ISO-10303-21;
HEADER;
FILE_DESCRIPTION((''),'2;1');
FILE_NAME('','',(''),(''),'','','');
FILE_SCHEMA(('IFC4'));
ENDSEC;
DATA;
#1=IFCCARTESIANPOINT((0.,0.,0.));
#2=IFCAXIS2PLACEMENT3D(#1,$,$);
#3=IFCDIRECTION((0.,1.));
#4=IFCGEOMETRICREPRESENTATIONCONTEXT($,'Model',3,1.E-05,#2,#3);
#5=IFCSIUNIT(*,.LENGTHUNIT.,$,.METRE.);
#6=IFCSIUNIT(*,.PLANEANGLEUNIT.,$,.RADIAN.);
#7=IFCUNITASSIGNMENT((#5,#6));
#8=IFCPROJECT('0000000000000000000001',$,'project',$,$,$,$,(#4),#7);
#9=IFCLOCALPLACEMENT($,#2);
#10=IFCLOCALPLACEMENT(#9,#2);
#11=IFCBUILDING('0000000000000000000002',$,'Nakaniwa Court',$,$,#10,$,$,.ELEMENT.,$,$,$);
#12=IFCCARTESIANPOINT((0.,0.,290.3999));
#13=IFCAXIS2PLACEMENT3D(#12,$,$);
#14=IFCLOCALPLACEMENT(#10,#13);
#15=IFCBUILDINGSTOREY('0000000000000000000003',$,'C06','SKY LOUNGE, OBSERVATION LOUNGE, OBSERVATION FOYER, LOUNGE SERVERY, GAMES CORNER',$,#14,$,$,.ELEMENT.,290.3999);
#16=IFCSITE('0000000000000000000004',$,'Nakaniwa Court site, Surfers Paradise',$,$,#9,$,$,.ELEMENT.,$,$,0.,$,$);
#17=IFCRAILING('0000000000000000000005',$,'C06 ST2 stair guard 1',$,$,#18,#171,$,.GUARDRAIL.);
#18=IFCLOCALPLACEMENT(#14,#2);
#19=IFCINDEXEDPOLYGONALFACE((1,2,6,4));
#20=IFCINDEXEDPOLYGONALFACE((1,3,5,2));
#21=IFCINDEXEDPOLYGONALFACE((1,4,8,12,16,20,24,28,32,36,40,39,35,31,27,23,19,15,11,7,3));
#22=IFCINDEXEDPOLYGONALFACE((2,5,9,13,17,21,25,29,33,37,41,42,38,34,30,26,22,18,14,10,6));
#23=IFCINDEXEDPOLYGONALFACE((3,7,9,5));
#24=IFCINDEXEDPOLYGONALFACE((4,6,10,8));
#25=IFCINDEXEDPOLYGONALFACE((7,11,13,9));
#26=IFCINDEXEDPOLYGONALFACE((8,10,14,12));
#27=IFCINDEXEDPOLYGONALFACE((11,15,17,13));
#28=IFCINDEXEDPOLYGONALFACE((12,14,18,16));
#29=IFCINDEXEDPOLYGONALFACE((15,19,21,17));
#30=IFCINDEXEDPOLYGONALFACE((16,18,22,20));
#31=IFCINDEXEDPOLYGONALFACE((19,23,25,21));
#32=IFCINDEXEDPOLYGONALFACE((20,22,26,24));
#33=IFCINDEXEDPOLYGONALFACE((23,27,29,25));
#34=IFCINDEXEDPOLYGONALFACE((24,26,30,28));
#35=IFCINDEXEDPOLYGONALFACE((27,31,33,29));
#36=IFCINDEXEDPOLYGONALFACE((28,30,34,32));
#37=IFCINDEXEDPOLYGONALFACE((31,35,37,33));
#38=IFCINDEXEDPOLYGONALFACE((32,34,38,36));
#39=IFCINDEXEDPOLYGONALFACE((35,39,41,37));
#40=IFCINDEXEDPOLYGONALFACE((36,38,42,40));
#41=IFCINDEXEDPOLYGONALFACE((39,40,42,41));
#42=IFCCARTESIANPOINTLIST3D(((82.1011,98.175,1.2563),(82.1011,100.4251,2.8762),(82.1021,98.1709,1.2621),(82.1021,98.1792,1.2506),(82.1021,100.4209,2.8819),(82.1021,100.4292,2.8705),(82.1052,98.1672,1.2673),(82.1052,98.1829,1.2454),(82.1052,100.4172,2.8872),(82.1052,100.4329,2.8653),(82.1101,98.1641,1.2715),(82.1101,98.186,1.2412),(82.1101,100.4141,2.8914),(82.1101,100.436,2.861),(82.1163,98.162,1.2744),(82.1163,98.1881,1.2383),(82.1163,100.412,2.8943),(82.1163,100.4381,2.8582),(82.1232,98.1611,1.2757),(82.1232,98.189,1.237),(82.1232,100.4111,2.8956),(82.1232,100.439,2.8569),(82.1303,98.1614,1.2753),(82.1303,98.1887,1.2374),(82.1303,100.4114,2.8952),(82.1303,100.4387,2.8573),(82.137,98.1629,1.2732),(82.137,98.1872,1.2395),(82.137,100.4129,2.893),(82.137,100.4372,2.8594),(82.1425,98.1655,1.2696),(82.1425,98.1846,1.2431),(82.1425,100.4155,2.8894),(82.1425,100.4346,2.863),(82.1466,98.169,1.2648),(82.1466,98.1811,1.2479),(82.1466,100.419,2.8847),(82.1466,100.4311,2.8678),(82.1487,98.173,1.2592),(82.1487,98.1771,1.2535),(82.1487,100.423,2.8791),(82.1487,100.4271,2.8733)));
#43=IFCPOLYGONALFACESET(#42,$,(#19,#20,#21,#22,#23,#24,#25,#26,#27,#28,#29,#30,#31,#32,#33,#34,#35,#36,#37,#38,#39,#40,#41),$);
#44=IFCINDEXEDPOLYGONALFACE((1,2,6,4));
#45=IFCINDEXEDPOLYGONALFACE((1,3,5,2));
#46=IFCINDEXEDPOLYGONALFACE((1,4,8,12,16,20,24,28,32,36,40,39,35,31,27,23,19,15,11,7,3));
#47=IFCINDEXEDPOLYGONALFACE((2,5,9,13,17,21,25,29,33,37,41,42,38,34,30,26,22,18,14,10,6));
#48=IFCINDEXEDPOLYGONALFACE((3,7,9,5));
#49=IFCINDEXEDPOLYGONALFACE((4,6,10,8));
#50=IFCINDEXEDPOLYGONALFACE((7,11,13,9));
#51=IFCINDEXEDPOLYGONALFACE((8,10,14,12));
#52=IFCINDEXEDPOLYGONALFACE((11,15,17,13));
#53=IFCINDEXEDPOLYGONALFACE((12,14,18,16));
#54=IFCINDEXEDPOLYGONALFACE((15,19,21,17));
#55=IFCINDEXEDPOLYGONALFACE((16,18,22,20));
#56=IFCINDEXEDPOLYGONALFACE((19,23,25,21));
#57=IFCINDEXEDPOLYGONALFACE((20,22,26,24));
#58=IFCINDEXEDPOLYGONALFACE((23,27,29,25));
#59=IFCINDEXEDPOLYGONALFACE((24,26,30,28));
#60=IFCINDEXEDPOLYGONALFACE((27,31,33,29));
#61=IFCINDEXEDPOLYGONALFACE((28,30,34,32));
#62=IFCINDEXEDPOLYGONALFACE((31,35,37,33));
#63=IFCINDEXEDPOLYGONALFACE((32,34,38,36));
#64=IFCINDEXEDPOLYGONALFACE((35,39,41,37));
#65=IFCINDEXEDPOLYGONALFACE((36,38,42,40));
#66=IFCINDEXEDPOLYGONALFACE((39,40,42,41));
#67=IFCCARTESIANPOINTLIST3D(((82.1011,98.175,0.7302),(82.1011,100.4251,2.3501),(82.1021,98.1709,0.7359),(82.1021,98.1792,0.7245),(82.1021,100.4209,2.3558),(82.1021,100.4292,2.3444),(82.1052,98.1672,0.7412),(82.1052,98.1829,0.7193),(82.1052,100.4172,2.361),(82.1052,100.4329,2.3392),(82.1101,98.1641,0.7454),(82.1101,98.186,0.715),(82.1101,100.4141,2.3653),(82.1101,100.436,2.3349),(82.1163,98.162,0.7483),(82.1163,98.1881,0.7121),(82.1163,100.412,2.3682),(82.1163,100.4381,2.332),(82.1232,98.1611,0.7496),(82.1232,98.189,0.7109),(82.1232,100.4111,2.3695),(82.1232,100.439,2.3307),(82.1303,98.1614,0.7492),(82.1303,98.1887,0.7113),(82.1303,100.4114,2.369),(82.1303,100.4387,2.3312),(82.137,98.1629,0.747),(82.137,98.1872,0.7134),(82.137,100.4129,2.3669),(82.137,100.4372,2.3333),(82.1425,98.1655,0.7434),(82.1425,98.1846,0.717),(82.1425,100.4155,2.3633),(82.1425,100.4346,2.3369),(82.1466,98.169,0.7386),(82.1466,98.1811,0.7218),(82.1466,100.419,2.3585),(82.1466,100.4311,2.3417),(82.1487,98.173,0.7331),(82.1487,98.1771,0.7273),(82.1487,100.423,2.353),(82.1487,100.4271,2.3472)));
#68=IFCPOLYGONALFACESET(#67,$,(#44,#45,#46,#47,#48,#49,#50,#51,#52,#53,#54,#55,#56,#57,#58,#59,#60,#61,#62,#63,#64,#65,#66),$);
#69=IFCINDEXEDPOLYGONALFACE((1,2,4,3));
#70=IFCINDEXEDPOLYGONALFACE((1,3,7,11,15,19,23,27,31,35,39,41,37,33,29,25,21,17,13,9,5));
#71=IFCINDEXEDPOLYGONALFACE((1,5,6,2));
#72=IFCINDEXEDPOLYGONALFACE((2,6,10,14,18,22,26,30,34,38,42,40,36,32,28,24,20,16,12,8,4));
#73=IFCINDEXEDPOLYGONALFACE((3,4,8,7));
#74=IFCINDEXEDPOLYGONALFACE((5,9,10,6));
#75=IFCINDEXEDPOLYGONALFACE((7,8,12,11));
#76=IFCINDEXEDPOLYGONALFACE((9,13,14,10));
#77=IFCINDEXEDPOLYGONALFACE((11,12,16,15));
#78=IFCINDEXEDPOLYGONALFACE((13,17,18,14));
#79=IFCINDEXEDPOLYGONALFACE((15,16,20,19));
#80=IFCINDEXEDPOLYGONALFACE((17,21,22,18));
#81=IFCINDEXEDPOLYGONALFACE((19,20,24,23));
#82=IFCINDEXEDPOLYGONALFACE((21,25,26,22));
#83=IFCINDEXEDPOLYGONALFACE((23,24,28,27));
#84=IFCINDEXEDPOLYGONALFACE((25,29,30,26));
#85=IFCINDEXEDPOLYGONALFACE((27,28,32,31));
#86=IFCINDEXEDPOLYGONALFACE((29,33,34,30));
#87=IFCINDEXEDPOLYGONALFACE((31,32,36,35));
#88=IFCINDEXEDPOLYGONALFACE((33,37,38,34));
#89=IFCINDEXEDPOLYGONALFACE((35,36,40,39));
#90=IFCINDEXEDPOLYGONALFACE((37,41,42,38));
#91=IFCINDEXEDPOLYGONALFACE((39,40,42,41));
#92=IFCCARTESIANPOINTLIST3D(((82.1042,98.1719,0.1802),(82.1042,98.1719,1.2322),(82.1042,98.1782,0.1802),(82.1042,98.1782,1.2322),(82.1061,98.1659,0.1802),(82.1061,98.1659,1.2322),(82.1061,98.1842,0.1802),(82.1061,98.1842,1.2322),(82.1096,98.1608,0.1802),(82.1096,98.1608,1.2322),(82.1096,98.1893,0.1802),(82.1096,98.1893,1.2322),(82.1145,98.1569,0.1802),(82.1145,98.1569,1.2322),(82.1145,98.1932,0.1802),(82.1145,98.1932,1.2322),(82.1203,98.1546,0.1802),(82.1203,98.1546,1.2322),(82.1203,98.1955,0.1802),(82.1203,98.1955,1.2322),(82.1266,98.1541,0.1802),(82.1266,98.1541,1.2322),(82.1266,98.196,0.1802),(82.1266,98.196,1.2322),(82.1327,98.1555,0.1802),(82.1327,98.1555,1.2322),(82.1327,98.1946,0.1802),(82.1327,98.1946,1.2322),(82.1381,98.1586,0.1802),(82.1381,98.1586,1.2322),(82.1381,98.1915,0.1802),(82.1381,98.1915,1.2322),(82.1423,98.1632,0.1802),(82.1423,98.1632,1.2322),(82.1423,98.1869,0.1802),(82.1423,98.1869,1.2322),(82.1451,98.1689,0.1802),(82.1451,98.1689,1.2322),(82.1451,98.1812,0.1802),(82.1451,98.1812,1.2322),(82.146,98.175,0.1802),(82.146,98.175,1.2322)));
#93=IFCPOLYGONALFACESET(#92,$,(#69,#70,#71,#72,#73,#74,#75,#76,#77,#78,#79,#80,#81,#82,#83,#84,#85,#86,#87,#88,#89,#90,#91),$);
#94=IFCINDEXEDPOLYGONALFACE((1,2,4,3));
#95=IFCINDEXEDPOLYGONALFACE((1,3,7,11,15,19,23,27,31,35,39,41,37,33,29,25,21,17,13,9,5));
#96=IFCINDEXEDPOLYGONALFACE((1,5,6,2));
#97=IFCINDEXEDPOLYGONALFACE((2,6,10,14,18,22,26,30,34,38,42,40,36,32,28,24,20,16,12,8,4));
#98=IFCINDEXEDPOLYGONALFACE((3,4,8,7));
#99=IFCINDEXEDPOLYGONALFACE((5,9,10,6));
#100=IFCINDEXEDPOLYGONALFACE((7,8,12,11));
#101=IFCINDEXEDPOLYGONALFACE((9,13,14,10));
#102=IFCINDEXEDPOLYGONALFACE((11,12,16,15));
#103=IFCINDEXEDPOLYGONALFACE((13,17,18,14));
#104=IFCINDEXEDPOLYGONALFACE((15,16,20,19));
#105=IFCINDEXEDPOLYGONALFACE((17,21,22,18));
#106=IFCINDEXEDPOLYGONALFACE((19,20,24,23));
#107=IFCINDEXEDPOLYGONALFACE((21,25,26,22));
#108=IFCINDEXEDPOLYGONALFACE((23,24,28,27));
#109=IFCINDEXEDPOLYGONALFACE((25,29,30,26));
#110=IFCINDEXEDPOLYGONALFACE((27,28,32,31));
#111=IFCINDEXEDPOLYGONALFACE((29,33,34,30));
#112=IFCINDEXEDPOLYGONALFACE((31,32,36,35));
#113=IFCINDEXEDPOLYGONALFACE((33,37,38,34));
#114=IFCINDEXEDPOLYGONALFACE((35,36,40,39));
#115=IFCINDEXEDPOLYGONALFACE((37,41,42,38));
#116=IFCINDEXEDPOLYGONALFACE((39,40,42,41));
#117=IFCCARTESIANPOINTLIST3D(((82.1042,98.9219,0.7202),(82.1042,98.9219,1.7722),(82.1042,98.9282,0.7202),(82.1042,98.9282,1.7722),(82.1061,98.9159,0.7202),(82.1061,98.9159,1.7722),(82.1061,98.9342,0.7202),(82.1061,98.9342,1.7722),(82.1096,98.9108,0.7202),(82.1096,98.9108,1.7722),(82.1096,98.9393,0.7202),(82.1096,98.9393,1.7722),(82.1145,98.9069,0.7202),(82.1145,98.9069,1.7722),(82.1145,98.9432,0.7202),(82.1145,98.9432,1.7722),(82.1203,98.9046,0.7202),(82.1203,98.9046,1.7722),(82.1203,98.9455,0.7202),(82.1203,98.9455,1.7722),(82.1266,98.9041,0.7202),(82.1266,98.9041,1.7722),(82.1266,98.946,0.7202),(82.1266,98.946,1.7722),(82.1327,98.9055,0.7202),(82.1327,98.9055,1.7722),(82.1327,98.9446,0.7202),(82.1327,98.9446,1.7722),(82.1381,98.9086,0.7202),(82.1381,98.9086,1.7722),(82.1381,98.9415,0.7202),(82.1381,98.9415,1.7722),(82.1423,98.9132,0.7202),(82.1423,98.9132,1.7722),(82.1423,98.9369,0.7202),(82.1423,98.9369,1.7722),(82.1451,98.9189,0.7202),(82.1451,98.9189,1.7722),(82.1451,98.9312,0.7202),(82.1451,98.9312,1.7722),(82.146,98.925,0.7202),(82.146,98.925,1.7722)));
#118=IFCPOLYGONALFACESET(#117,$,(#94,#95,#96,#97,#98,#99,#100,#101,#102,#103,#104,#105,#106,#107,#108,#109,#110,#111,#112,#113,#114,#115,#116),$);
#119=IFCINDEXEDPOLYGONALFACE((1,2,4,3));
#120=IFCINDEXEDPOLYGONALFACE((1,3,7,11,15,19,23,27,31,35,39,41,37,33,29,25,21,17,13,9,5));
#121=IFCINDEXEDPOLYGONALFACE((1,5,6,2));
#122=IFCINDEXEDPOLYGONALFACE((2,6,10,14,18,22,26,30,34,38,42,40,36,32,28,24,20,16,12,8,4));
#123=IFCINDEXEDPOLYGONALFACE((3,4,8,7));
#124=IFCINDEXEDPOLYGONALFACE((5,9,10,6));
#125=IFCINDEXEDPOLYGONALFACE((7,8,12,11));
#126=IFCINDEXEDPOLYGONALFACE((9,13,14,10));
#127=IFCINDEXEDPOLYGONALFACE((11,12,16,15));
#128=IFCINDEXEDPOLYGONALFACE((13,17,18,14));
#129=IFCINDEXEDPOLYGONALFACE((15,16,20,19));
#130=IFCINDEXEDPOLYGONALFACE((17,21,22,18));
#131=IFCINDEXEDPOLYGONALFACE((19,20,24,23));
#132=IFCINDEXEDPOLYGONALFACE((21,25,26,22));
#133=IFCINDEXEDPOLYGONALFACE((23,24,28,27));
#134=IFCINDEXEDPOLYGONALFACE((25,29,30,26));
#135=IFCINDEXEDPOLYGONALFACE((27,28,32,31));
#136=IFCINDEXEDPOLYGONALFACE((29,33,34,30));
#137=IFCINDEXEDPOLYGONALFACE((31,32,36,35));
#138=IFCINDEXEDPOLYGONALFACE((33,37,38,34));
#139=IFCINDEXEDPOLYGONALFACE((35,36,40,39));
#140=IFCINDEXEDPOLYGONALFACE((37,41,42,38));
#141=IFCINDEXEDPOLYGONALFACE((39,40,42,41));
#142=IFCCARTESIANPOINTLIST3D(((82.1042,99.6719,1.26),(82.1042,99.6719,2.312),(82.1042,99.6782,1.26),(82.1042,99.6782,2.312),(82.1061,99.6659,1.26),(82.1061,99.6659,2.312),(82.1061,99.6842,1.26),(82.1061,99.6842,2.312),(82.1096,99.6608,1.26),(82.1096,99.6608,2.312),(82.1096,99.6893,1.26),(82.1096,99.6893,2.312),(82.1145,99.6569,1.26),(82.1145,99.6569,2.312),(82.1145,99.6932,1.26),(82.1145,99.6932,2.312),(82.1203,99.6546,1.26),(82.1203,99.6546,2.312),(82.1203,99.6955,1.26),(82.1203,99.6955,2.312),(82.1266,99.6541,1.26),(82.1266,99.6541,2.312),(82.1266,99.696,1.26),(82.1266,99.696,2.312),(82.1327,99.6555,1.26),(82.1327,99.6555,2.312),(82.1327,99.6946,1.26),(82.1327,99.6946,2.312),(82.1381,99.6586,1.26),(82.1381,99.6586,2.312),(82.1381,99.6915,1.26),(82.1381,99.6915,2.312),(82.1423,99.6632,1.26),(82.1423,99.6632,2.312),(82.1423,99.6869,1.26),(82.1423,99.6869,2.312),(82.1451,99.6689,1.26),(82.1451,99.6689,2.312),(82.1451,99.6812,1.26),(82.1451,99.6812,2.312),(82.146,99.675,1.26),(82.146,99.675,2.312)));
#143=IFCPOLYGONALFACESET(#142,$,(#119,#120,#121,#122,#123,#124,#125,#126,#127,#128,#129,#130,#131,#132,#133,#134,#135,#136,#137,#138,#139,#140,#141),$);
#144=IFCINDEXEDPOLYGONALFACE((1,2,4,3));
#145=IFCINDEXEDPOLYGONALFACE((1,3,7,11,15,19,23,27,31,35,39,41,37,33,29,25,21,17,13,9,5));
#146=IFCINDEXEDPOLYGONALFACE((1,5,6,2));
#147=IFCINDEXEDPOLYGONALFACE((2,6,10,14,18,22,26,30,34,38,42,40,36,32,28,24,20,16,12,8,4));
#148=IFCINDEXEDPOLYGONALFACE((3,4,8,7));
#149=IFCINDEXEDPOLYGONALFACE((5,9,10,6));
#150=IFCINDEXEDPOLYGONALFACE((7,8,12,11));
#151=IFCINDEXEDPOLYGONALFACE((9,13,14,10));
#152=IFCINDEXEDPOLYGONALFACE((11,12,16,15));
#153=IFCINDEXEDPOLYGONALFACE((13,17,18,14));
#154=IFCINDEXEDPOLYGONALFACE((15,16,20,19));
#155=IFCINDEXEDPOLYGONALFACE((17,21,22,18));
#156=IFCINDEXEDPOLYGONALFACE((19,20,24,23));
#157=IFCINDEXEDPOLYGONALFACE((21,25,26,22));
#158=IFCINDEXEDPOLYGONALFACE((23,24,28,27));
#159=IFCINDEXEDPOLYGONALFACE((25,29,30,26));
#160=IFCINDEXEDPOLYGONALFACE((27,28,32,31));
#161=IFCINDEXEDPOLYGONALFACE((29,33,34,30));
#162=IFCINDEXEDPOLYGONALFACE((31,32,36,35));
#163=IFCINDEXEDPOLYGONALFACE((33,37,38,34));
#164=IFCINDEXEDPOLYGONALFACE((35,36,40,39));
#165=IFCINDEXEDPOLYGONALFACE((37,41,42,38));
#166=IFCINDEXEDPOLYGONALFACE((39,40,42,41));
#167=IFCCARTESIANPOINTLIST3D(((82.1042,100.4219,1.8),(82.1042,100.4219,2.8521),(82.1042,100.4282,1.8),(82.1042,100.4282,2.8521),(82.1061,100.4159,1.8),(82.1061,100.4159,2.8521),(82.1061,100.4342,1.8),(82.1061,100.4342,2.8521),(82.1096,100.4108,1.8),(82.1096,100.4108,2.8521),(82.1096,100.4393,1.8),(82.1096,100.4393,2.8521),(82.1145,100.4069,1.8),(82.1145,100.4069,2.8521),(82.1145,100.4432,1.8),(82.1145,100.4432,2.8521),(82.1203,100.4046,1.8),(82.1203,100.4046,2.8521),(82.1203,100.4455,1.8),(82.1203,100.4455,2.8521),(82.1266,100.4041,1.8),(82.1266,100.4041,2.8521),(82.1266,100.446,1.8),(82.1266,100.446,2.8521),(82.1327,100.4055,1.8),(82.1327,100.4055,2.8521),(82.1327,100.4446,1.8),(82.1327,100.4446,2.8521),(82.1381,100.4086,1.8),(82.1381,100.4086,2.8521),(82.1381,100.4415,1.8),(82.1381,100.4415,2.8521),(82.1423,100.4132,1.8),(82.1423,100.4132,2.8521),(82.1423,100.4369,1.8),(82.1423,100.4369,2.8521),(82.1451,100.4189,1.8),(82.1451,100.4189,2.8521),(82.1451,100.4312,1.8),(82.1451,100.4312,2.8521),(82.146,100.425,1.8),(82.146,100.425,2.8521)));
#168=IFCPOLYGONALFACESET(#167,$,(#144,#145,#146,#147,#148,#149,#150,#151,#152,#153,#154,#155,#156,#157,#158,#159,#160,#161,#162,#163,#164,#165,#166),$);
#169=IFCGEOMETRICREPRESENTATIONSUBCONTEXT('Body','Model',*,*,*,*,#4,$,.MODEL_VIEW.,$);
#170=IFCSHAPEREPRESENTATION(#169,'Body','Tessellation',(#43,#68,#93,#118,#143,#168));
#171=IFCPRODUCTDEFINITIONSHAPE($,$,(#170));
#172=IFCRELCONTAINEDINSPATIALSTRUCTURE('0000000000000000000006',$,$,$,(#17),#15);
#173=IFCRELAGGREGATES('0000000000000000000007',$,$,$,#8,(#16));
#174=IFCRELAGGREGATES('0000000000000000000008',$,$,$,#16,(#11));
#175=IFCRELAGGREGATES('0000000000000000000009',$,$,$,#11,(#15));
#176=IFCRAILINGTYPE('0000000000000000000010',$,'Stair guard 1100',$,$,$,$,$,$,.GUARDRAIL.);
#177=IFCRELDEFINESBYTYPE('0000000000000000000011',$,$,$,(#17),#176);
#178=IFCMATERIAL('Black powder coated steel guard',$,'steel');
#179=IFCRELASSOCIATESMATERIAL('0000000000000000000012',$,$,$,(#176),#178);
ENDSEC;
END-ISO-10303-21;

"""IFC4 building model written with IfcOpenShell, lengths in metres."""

from ifc_helpers import new_model, si_unit, direction, frame, origin, origin_2d, place, context, subcontext, project, spatial, circle, extrude, material, type_object, element, save


model = new_model("IFC4")

# Units and contexts
model_context = context("Model", 3, precision=1e-05, world=origin(), true_north=direction((0.0, 1.0)))
body_context = subcontext(model_context, "Body", "Model", "MODEL_VIEW")
ifc_project = project(units=[si_unit("LENGTHUNIT", "METRE"), si_unit("PLANEANGLEUNIT", "RADIAN")], contexts=[model_context])

# Site, building, storey
site_placement = place(None, origin())
site = spatial("IfcSite", under=ifc_project, at=site_placement, Name="Nakaniwa Court site, Surfers Paradise", CompositionType="ELEMENT", RefElevation=0.0)
building_placement = place(site_placement, origin())
building = spatial("IfcBuilding", under=site, at=building_placement, Name="Nakaniwa Court", CompositionType="ELEMENT")
storey_placement = place(building_placement, frame((0.0, 0.0, 290.3999)))
storey = spatial("IfcBuildingStorey", under=building, at=storey_placement, Name="C06", Description="SKY LOUNGE, OBSERVATION LOUNGE, OBSERVATION FOYER, LOUNGE SERVERY, GAMES CORNER", CompositionType="ELEMENT", Elevation=290.3999)

# Railing
ifc_material_1 = material(Name="Black powder coated steel guard", Category="steel")
railing_type_1 = type_object("IfcRailingType", Name="Stair guard 1100", PredefinedType="GUARDRAIL", material=ifc_material_1)
railing_1_placement = place(storey_placement, frame((82.125, 98.175, 0.1802)))
element("IfcRailing", 1, at=railing_1_placement, inside=storey, type_object=railing_type_1, Name="C06 ST2 stair guard 1", PredefinedType="GUARDRAIL", context=body_context, shape_type="SweptSolid", body=[
    extrude(circle(Radius=0.0239, at=origin_2d()), frame((0.0, 0.0, 1.0762), z_axis=(0.0, 0.811556, 0.584275), x_axis=(-1.0, 0.0, 0.0)), (0.0, 0.0, 1.0), 2.7725),
    extrude(circle(Radius=0.0239, at=origin_2d()), frame((0.0, 0.0, 0.55), z_axis=(0.0, 0.811556, 0.584275), x_axis=(-1.0, 0.0, 0.0)), (0.0, 0.0, 1.0), 2.7725),
    extrude(circle(Radius=0.021, at=origin_2d()), origin(), (0.0, 0.0, 1.0), 1.052),
    extrude(circle(Radius=0.021, at=origin_2d()), frame((0.0, 0.75, 0.54)), (0.0, 0.0, 1.0), 1.052),
    extrude(circle(Radius=0.021, at=origin_2d()), frame((0.0, 1.5, 1.0798)), (0.0, 0.0, 1.0), 1.052),
    extrude(circle(Radius=0.021, at=origin_2d()), frame((0.0, 2.25, 1.6199)), (0.0, 0.0, 1.0), 1.052),
])

save(model, "model.ifc")
